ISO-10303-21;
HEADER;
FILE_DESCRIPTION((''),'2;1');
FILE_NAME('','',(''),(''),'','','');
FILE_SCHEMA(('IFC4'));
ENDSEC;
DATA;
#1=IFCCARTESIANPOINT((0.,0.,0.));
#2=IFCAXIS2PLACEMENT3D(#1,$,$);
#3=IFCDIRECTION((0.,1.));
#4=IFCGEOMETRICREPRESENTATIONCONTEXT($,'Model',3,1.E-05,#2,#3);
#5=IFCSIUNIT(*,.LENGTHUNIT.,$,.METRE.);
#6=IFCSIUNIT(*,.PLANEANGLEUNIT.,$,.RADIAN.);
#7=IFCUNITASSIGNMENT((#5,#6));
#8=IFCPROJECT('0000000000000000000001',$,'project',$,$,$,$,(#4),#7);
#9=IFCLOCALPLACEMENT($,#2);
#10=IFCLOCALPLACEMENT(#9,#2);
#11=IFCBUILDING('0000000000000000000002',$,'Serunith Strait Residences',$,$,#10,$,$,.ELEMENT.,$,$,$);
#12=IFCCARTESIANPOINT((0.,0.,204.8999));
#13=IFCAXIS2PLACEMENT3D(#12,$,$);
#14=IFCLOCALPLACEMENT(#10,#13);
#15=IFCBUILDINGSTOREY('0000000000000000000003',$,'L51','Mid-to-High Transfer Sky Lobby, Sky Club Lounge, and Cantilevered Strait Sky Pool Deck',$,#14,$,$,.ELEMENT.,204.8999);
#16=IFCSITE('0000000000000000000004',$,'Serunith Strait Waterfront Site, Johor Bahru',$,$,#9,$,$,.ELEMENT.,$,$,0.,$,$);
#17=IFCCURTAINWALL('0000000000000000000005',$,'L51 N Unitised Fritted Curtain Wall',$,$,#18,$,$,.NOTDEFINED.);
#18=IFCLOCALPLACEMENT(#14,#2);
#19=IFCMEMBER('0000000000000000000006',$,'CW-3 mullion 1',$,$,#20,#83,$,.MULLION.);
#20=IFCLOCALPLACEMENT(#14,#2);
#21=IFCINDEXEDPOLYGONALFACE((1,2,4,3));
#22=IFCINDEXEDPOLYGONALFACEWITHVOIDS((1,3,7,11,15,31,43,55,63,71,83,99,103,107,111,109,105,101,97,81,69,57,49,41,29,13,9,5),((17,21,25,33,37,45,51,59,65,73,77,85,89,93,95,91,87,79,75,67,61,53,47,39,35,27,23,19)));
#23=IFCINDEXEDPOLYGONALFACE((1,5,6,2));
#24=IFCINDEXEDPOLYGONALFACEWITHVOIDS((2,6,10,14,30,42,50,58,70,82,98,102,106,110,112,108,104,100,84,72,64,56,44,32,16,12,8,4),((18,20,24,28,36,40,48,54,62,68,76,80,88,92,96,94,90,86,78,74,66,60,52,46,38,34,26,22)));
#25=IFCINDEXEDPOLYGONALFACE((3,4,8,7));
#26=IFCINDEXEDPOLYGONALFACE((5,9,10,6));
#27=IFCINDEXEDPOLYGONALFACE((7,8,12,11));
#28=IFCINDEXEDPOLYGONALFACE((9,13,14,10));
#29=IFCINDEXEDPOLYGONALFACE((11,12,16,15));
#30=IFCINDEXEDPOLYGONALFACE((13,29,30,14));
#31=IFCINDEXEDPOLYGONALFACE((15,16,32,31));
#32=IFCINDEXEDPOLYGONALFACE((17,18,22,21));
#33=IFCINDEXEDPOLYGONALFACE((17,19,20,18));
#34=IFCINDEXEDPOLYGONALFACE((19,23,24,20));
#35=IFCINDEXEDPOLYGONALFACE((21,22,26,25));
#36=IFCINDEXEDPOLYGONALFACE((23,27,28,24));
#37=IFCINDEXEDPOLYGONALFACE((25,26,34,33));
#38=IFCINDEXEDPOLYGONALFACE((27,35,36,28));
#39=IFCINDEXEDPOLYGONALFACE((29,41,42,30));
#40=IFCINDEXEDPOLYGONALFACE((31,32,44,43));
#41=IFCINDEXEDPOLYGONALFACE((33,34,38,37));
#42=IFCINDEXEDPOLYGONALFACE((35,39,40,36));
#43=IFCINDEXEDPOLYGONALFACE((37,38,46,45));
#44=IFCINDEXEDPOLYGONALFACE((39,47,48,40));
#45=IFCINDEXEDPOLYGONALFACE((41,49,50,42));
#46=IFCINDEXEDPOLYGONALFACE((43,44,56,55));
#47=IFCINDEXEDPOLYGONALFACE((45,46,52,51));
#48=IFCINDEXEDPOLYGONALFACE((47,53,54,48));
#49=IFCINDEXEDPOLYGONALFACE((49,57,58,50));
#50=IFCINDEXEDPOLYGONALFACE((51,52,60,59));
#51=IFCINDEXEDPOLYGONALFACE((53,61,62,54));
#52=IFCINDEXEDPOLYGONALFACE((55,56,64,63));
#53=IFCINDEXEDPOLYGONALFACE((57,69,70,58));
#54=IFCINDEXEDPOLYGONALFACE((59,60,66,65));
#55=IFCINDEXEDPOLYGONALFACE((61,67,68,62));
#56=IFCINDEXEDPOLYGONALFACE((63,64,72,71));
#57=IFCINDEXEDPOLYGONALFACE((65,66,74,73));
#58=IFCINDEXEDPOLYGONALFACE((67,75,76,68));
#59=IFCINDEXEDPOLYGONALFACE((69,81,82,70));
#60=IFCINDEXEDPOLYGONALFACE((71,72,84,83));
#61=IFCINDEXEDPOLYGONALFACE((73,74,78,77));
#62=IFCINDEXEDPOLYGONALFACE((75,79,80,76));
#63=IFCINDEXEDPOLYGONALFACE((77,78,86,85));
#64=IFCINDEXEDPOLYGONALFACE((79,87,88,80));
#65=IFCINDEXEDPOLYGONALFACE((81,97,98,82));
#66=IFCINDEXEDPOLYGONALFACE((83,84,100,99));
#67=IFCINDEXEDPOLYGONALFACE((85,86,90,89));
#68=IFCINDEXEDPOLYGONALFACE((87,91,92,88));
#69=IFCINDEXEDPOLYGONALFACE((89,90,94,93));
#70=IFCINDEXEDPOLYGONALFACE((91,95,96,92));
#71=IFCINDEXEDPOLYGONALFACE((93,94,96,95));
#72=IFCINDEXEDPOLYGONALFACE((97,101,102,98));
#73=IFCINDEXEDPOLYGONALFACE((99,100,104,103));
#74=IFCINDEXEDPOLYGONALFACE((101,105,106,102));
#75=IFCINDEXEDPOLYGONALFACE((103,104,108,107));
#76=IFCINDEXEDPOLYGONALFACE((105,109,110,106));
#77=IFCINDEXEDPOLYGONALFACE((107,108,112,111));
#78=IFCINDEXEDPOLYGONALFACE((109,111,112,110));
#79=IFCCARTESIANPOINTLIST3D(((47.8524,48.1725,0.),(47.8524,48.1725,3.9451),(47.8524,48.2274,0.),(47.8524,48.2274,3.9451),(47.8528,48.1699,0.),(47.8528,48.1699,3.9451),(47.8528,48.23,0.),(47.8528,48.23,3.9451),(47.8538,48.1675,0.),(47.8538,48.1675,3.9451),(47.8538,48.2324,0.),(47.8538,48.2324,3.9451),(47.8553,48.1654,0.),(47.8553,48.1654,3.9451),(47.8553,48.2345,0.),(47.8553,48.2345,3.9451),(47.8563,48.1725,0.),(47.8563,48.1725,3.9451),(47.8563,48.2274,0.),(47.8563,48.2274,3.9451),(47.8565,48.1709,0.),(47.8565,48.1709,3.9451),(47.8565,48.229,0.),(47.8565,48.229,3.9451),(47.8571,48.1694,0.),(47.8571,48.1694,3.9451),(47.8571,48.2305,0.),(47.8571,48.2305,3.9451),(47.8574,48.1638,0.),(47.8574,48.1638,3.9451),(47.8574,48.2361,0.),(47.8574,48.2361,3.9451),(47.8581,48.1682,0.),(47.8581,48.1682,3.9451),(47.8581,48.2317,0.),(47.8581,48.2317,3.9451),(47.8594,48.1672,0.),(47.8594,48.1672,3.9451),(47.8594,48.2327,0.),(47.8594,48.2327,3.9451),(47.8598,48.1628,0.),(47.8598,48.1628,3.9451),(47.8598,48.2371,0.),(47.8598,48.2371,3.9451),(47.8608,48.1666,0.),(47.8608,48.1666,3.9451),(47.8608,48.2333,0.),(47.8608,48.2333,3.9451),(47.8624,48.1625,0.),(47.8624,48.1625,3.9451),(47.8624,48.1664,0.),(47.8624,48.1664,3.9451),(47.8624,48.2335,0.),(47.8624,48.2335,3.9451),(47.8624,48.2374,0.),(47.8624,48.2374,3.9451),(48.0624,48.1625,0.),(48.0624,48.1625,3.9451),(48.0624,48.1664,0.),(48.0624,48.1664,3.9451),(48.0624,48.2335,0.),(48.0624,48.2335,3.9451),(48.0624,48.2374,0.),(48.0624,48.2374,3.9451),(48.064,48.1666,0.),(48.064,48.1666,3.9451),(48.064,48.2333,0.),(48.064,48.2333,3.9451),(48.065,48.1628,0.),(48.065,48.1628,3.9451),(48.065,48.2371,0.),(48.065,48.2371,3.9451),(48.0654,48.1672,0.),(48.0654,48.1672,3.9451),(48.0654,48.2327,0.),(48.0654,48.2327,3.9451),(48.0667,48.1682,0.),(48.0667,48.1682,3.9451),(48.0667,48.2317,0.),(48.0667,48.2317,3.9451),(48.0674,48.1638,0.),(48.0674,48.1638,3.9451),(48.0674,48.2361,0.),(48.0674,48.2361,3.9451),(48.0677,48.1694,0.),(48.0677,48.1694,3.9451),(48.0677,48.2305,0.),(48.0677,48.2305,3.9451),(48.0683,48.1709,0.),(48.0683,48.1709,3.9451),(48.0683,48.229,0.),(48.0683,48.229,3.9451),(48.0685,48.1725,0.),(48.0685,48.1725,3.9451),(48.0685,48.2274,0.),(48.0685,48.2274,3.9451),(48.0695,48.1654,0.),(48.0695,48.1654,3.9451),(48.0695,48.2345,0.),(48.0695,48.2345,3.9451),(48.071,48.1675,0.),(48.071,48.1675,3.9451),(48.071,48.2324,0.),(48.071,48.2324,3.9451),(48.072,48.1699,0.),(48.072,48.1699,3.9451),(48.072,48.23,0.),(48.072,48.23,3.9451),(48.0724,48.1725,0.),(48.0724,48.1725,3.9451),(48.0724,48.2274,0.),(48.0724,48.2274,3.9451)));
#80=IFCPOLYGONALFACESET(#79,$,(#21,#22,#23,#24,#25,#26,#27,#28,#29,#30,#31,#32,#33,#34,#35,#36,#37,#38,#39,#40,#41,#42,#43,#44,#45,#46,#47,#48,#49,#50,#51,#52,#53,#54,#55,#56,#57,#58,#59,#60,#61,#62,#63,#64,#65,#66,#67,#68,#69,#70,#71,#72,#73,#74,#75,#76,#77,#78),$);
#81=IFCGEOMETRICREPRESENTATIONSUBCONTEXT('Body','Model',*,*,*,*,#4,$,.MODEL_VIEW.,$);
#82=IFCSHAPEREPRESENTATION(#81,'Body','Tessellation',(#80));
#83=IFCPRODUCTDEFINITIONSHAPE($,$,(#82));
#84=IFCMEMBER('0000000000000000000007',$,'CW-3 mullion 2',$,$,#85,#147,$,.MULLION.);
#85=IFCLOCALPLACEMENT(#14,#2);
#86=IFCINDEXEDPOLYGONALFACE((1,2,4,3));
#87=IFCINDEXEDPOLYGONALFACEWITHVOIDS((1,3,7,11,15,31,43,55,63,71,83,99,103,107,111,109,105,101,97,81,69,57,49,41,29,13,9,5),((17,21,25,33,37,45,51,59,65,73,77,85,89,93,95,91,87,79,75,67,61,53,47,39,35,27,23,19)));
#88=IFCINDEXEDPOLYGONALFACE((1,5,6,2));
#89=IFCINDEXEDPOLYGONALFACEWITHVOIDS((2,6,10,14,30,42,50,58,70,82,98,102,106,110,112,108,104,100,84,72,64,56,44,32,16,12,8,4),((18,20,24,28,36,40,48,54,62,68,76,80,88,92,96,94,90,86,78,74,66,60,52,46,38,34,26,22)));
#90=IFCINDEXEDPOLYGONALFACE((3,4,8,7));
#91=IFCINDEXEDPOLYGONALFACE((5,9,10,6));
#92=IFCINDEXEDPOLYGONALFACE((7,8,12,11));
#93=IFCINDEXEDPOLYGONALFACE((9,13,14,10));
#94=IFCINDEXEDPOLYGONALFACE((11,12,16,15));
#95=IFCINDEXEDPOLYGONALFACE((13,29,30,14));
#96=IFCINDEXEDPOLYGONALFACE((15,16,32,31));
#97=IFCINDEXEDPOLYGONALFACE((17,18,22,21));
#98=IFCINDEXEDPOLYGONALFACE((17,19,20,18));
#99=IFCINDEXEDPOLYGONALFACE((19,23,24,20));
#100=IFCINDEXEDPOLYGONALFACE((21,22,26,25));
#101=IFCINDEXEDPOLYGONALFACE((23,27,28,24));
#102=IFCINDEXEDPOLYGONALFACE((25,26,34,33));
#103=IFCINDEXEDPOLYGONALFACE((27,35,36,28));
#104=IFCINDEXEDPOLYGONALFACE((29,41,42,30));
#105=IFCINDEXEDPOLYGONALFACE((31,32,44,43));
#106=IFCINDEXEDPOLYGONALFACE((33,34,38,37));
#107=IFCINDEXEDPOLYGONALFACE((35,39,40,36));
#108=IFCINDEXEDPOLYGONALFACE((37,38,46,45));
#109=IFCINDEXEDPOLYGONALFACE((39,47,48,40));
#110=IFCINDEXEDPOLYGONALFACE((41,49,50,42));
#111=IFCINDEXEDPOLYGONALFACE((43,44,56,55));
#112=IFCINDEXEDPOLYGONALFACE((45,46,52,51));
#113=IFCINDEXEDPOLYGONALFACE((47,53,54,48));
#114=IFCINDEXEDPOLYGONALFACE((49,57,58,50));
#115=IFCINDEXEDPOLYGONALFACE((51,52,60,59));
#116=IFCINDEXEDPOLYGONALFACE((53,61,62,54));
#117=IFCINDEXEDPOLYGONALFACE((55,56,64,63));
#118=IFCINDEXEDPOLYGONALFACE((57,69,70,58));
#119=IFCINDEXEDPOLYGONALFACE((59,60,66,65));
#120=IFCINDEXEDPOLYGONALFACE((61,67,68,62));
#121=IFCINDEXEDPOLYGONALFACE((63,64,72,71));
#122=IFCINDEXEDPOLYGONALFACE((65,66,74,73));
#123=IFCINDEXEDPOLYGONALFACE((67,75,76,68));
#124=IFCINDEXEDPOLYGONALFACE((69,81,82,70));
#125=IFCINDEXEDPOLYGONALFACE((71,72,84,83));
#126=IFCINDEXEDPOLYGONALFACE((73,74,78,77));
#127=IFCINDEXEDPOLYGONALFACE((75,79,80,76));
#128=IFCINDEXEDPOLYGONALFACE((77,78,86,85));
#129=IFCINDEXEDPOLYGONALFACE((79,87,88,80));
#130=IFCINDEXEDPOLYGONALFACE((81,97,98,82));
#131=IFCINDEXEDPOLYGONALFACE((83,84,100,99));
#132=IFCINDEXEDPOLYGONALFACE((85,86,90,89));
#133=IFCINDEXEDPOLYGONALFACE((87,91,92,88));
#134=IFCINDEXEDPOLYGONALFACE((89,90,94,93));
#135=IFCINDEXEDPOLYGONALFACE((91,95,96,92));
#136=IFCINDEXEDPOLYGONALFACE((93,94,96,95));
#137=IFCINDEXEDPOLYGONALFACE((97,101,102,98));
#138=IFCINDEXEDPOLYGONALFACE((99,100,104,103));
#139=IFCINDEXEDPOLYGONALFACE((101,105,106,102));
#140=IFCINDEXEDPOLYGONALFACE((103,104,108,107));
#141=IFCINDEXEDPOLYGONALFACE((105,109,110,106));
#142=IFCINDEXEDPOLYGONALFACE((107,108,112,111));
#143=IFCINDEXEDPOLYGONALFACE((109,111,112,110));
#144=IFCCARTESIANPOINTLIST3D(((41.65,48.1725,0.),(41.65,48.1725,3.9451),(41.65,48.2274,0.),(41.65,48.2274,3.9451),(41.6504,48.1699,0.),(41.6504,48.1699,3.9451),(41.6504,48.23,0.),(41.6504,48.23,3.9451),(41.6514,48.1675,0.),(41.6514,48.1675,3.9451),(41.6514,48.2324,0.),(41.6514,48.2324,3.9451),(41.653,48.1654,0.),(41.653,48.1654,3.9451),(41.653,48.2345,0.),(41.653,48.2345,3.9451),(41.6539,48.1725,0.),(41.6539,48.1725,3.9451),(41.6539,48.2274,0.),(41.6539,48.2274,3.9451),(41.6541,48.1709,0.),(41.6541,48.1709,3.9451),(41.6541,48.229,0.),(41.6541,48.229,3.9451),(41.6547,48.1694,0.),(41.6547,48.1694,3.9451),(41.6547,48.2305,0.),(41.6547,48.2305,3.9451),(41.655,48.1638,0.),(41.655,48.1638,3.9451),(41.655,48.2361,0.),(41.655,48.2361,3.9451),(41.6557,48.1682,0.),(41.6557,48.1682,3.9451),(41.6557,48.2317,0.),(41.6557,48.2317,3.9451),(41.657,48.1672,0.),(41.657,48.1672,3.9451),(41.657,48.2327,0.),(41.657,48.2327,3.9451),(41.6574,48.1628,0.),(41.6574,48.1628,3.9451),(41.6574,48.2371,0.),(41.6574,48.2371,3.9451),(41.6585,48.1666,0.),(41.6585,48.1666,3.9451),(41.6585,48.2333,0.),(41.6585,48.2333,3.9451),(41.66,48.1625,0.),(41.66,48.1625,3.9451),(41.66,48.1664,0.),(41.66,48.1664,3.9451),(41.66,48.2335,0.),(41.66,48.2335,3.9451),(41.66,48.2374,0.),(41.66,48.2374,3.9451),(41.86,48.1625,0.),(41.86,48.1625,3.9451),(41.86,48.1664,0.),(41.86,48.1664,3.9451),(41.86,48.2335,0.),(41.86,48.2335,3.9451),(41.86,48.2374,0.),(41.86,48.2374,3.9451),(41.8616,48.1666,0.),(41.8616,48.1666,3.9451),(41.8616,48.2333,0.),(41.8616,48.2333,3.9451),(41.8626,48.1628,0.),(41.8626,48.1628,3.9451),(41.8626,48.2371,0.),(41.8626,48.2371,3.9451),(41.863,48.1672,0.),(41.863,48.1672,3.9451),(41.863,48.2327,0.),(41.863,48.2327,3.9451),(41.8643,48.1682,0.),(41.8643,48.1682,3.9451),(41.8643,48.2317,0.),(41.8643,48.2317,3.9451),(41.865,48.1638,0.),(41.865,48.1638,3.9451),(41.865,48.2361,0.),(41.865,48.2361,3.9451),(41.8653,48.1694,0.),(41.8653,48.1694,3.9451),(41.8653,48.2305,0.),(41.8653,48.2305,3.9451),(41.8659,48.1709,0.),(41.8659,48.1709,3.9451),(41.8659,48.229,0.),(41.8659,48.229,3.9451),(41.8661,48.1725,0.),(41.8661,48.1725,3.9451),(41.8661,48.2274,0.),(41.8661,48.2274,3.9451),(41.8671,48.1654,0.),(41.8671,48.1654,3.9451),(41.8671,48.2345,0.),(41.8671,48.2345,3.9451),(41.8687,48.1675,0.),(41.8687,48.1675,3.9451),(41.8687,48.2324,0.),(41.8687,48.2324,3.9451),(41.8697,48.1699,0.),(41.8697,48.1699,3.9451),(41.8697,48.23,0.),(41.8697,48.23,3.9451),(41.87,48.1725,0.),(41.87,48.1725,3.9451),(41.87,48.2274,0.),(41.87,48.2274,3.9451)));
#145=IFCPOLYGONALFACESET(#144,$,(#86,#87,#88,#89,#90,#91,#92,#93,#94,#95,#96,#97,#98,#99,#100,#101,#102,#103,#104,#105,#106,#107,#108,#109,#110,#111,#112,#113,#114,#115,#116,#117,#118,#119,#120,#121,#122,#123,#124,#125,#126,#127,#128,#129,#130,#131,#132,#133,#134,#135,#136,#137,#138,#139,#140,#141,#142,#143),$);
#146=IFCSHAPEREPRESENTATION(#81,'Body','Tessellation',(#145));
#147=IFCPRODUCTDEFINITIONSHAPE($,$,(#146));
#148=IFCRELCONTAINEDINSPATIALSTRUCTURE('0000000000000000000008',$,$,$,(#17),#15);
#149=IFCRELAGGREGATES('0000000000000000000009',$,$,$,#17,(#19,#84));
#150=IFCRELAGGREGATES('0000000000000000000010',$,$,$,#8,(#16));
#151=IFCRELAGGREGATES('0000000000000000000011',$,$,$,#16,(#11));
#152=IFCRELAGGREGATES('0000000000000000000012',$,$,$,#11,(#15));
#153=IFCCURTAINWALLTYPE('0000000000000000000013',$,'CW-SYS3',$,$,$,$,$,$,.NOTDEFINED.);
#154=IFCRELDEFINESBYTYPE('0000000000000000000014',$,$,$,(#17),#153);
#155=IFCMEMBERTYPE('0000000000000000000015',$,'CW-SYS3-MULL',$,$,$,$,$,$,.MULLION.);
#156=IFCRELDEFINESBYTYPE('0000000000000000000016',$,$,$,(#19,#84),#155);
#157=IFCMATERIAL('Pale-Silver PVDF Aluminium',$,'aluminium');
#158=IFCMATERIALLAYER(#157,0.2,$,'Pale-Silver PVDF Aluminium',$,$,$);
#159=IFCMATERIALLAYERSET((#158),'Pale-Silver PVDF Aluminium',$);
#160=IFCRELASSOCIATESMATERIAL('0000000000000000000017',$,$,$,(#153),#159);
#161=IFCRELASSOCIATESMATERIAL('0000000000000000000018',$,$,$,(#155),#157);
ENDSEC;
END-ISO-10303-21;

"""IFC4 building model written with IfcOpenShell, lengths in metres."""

from ifc_helpers import new_model, si_unit, direction, frame, origin, origin_2d, place, context, subcontext, project, spatial, hollow_rectangle, extrude, source, transform, mapped, material, layer, layer_set, material_profile, profile_set, type_object, element, aggregate, save


model = new_model("IFC4")

# Units and contexts
model_context = context("Model", 3, precision=1e-05, world=origin(), true_north=direction((0.0, 1.0)))
body_context = subcontext(model_context, "Body", "Model", "MODEL_VIEW")
ifc_project = project(units=[si_unit("LENGTHUNIT", "METRE"), si_unit("PLANEANGLEUNIT", "RADIAN")], contexts=[model_context])

# Site, building, storey
site_placement = place(None, origin())
site = spatial("IfcSite", under=ifc_project, at=site_placement, Name="Serunith Strait Waterfront Site, Johor Bahru", CompositionType="ELEMENT", RefElevation=0.0)
building_placement = place(site_placement, origin())
building = spatial("IfcBuilding", under=site, at=building_placement, Name="Serunith Strait Residences", CompositionType="ELEMENT")
storey_placement = place(building_placement, frame((0.0, 0.0, 204.8999)))
storey = spatial("IfcBuildingStorey", under=building, at=storey_placement, Name="L51", Description="Mid-to-High Transfer Sky Lobby, Sky Club Lounge, and Cantilevered Strait Sky Pool Deck", CompositionType="ELEMENT", Elevation=204.8999)

# Curtain wall, members
ifc_material_1 = material(Name="Pale-Silver PVDF Aluminium", Category="aluminium")
ifc_layer_1 = layer(ifc_material_1, 0.2, Name="Pale-Silver PVDF Aluminium")
ifc_layer_set_1 = layer_set([ifc_layer_1], Name="Pale-Silver PVDF Aluminium")
curtain_wall_type = type_object("IfcCurtainWallType", Name="CW-SYS3", PredefinedType="NOTDEFINED", material=ifc_layer_set_1)
curtain_wall_1_placement = place(storey_placement, origin())
curtain_wall_1 = element("IfcCurtainWall", 1, at=curtain_wall_1_placement, inside=storey, type_object=curtain_wall_type, Name="L51 N Unitised Fritted Curtain Wall", PredefinedType="NOTDEFINED")
ifc_material_profile_1 = material_profile(ifc_material_1, hollow_rectangle(XDim=0.075, YDim=0.22, WallThickness=0.0039, InnerFilletRadius=0.0061, OuterFilletRadius=0.01, at=origin_2d()), Name="ALU 220x75x4")
ifc_profile_set_1 = profile_set([ifc_material_profile_1], Name="Pale-Silver PVDF Aluminium")
member_type_1 = type_object("IfcMemberType", Name="CW-SYS3-MULL", PredefinedType="MULLION", material=ifc_profile_set_1)
shared_shape_1 = source(origin(), body_context, "Body", "SweptSolid", [
    extrude(hollow_rectangle(XDim=0.075, YDim=0.22, WallThickness=0.0039, InnerFilletRadius=0.0061, OuterFilletRadius=0.01, at=origin_2d()), origin(), (0.0, 0.0, 1.0), 3.9451),
])
member_1_placement = place(storey_placement, frame((47.9624, 48.2, 0.0), z_axis=(0.0, 0.0, 1.0), x_axis=(0.0, -1.0, 0.0)))
member_1 = element("IfcMember", 2, at=member_1_placement, type_object=member_type_1, Name="CW-3 mullion 1", PredefinedType="MULLION", context=body_context, shape_type="MappedRepresentation", body=[
    mapped(shared_shape_1, transform((0.0, 0.0, 0.0), scale=1.0)),
])
member_2_placement = place(storey_placement, frame((41.76, 48.2, 0.0), z_axis=(0.0, 0.0, 1.0), x_axis=(0.0, -1.0, 0.0)))
member_2 = element("IfcMember", 3, at=member_2_placement, type_object=member_type_1, Name="CW-3 mullion 2", PredefinedType="MULLION", context=body_context, shape_type="MappedRepresentation", body=[
    mapped(shared_shape_1, transform((0.0, 0.0, 0.0), scale=1.0)),
])

aggregate(curtain_wall_1, [member_1, member_2])

save(model, "model.ifc")
